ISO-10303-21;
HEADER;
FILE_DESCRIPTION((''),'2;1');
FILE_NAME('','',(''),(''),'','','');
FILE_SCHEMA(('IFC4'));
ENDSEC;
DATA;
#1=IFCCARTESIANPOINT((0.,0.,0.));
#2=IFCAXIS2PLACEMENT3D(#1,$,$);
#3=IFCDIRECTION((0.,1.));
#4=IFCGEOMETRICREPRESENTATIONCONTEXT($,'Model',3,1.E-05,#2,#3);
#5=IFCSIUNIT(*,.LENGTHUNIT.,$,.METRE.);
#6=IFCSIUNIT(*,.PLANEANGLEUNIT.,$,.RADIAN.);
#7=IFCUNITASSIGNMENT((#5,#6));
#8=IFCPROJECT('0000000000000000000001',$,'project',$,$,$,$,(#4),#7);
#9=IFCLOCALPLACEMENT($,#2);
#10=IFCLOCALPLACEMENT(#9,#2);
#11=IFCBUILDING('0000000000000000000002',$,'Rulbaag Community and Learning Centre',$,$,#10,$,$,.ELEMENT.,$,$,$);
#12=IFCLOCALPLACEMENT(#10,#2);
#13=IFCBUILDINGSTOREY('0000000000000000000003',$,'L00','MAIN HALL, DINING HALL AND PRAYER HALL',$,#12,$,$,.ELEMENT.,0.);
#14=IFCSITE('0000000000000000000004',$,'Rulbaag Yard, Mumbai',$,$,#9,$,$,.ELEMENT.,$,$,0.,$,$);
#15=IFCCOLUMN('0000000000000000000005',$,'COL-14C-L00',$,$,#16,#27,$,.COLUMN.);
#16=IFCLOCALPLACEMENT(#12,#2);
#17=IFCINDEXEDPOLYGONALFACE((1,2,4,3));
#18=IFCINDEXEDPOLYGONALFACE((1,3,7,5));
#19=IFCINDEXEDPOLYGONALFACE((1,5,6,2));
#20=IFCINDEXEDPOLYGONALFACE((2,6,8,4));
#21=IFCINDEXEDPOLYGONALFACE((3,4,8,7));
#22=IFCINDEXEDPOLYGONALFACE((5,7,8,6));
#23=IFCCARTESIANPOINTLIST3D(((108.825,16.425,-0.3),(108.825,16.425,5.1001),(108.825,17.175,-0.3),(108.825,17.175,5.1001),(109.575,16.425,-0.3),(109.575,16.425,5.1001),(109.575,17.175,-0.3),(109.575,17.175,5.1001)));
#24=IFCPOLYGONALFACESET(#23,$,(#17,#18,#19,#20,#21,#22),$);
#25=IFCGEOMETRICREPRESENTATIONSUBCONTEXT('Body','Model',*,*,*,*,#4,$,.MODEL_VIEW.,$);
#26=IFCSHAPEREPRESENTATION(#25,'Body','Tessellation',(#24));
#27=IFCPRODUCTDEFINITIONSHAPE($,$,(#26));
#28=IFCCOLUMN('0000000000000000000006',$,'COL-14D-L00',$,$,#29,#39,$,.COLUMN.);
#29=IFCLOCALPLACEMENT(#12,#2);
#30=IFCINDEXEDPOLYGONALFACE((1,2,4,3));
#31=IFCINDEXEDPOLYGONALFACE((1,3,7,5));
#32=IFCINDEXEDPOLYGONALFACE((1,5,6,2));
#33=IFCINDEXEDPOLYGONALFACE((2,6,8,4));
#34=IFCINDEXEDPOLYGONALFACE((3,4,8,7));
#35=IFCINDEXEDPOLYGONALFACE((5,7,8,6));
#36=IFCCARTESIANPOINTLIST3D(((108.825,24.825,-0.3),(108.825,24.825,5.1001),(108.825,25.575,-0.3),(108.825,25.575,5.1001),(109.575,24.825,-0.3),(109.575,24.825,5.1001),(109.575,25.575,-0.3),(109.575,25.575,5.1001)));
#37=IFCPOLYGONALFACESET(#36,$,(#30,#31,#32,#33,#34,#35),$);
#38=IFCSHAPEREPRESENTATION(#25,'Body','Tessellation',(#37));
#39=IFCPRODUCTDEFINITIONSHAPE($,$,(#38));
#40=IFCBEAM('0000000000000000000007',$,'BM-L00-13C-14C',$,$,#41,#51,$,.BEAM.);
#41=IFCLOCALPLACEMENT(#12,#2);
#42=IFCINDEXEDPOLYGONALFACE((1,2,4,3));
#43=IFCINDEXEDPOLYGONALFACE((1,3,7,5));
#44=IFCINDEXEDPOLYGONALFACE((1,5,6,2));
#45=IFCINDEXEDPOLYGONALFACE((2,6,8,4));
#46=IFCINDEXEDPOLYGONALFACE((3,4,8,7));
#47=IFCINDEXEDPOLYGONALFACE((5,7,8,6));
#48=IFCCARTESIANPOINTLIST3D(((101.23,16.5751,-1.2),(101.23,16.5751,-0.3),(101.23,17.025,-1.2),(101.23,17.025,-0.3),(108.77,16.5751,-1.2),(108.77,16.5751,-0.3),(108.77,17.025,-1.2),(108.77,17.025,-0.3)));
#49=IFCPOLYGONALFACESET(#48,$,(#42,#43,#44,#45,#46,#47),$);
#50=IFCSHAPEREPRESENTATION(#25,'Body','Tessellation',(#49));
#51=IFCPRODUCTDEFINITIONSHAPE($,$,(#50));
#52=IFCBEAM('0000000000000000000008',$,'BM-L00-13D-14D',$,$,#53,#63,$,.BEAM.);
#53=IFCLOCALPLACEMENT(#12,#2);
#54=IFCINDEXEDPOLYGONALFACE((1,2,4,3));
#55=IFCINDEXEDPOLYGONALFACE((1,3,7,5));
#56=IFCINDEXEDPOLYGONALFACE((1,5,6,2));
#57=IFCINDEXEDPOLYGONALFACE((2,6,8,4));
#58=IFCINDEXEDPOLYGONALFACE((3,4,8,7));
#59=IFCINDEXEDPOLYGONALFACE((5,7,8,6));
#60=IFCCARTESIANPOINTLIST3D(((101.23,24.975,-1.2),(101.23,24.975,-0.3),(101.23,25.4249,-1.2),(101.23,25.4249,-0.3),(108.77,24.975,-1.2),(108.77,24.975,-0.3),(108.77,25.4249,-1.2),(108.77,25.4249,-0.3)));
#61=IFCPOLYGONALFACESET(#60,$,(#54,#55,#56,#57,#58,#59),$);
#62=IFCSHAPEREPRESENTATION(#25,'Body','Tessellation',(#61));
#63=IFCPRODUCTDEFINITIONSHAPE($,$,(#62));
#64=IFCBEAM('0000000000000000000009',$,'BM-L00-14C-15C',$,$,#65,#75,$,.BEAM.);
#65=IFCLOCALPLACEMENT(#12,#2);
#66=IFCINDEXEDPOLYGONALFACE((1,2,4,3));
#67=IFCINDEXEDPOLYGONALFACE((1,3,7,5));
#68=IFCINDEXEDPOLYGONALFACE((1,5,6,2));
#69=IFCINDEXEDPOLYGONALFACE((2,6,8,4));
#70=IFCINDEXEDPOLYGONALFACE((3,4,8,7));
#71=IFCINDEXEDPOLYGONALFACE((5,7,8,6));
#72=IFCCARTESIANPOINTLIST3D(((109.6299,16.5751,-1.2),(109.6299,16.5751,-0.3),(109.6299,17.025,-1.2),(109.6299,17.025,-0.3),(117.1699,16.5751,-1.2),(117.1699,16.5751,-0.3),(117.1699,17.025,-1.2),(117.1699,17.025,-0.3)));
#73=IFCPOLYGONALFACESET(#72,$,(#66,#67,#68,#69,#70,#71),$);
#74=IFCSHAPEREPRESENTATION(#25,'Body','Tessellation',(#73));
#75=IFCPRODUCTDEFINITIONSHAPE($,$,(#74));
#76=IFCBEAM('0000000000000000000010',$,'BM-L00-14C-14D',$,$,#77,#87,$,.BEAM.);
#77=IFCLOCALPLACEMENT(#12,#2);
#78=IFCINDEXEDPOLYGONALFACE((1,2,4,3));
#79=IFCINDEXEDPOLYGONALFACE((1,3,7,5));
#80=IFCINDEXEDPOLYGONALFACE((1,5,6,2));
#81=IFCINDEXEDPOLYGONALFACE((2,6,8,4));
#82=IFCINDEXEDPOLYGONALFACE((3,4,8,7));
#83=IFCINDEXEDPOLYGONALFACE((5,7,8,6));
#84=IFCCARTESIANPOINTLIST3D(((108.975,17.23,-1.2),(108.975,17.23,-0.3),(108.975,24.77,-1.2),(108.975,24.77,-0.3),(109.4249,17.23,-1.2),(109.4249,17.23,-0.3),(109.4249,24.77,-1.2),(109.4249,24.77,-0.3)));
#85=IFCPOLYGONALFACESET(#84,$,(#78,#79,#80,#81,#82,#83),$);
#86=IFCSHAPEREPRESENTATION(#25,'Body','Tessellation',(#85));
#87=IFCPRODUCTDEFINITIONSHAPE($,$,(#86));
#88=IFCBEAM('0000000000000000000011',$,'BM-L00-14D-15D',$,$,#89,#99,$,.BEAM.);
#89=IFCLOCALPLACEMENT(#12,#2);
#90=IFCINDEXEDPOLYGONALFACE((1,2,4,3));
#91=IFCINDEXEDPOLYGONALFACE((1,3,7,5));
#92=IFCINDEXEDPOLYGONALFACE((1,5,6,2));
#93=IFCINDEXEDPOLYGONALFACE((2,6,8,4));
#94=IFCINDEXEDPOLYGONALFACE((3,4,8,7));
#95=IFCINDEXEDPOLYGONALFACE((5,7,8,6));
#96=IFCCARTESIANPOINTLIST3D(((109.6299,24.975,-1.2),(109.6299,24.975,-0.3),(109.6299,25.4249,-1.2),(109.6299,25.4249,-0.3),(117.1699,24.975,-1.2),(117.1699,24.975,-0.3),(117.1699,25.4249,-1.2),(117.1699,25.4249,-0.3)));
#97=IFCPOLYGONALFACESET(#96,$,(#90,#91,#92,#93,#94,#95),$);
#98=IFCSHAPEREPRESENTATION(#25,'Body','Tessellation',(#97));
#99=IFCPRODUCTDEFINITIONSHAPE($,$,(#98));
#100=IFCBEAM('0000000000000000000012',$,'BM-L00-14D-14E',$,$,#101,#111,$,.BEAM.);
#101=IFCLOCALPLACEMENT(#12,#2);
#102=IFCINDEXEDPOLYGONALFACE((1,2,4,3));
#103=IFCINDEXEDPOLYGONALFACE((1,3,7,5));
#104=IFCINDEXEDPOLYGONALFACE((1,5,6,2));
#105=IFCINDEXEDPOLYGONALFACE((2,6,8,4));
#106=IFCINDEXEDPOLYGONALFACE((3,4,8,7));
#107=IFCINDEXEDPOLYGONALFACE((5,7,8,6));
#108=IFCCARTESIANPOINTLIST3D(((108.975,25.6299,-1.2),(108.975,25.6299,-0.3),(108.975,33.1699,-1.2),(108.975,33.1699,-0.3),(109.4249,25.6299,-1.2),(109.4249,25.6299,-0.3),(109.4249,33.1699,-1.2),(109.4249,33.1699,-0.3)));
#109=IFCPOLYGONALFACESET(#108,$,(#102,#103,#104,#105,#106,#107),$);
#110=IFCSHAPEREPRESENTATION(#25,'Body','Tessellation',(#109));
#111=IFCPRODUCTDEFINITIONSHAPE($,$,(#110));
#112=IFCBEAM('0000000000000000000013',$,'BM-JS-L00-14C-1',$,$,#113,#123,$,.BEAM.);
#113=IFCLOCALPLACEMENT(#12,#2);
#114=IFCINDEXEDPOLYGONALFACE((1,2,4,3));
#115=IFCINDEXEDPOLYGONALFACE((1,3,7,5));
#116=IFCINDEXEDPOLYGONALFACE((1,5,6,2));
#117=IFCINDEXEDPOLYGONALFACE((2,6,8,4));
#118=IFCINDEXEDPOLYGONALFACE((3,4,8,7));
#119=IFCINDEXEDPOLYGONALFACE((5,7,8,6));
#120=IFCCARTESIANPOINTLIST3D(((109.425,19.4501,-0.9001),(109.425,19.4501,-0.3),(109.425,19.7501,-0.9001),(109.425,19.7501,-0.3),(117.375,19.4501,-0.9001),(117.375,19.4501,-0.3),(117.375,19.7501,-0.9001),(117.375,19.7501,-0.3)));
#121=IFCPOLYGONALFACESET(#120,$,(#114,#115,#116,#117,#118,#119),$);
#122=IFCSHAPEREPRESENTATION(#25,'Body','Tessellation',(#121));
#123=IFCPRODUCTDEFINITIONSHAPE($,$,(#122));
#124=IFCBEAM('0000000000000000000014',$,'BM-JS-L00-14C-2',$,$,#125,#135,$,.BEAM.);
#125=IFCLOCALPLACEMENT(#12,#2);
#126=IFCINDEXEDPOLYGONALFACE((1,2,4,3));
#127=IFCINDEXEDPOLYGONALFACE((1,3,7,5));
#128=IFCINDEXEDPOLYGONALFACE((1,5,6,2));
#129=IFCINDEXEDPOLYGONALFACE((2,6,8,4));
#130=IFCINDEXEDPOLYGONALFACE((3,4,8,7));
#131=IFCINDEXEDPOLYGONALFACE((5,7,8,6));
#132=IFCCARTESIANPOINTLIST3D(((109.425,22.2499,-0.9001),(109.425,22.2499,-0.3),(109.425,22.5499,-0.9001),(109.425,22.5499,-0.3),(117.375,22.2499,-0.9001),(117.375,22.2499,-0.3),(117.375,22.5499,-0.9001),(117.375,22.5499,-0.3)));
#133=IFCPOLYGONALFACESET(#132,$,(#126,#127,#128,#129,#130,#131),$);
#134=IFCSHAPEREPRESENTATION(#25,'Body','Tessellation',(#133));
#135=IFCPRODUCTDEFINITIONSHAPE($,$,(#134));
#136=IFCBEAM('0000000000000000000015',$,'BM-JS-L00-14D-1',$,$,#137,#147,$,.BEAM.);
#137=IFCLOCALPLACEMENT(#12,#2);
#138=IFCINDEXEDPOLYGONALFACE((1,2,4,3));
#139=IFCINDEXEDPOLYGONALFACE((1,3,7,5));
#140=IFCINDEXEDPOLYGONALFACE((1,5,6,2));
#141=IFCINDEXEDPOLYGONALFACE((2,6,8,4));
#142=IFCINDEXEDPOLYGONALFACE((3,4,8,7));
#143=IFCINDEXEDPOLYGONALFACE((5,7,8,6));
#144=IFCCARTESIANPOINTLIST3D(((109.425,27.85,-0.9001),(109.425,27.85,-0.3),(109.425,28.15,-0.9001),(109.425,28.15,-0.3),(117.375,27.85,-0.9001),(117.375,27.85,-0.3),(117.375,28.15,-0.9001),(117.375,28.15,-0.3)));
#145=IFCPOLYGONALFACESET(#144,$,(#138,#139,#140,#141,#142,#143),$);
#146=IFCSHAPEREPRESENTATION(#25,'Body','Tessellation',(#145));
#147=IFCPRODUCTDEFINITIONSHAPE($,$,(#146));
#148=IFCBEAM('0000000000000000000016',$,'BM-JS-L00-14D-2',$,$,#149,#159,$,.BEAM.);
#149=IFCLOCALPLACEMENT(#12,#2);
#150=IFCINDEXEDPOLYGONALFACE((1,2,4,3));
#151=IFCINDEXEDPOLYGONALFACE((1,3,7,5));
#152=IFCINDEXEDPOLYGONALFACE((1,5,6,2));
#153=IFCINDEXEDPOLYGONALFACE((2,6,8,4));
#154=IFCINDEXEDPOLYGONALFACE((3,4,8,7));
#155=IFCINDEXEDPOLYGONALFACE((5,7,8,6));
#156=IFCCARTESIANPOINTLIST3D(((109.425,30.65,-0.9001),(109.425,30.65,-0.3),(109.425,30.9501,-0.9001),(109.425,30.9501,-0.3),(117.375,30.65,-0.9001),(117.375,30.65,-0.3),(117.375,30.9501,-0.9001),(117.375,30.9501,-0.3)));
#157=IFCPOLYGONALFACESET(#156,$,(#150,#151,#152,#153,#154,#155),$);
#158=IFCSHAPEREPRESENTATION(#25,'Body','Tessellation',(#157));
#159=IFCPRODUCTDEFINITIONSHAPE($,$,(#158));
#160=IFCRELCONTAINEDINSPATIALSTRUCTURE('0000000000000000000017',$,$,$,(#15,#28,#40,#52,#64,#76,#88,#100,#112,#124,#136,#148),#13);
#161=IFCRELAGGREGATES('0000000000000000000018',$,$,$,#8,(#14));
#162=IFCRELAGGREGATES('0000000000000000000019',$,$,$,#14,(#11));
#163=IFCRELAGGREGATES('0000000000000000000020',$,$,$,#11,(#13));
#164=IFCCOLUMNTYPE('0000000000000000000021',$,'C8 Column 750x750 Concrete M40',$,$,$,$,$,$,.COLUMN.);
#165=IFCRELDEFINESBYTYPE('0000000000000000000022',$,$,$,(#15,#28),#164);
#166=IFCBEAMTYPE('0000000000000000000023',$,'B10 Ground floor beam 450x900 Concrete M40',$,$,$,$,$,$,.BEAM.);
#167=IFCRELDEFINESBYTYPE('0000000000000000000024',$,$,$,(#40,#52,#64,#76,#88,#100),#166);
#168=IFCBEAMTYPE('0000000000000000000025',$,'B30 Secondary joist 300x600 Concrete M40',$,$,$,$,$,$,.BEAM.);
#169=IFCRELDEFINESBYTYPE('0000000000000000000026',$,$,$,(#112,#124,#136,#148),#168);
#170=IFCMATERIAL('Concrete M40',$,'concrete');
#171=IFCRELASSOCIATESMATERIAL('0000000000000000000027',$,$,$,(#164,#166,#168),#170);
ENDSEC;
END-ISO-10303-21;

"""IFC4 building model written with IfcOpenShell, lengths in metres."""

from ifc_helpers import new_model, si_unit, direction, frame, origin, origin_2d, place, context, subcontext, project, spatial, rectangle, extrude, material, material_profile, profile_set, type_object, element, save


model = new_model("IFC4")

# Units and contexts
model_context = context("Model", 3, precision=1e-05, world=origin(), true_north=direction((0.0, 1.0)))
body_context = subcontext(model_context, "Body", "Model", "MODEL_VIEW")
ifc_project = project(units=[si_unit("LENGTHUNIT", "METRE"), si_unit("PLANEANGLEUNIT", "RADIAN")], contexts=[model_context])

# Site, building, storey
site_placement = place(None, origin())
site = spatial("IfcSite", under=ifc_project, at=site_placement, Name="Rulbaag Yard, Mumbai", CompositionType="ELEMENT", RefElevation=0.0)
building_placement = place(site_placement, origin())
building = spatial("IfcBuilding", under=site, at=building_placement, Name="Rulbaag Community and Learning Centre", CompositionType="ELEMENT")
storey_placement = place(building_placement, origin())
storey = spatial("IfcBuildingStorey", under=building, at=storey_placement, Name="L00", Description="MAIN HALL, DINING HALL AND PRAYER HALL", CompositionType="ELEMENT", Elevation=0.0)

# Columns
ifc_material_1 = material(Name="Concrete M40", Category="concrete")
ifc_material_profile_1 = material_profile(ifc_material_1, rectangle(XDim=0.75, YDim=0.75, at=origin_2d()), Name="RC750x750")
ifc_profile_set_1 = profile_set([ifc_material_profile_1], Name="Concrete M40")
column_type = type_object("IfcColumnType", Name="C8 Column 750x750 Concrete M40", PredefinedType="COLUMN", material=ifc_profile_set_1)
for number, where, z_axis, x_axis, name in (
    (1, (109.2, 16.8, -0.3), (0.0, 0.0, 1.0), (1.0, 0.0, 0.0), "COL-14C-L00"),
    (2, (109.2, 25.2, -0.3), (0.0, 0.0, 1.0), (1.0, 0.0, 0.0), "COL-14D-L00"),
):
    element("IfcColumn", number, at=place(storey_placement, frame(where, z_axis=z_axis, x_axis=x_axis)), inside=storey, type_object=column_type, Name=name, PredefinedType="COLUMN", context=body_context, shape_type="SweptSolid", body=[
        extrude(rectangle(XDim=0.75, YDim=0.75, at=origin_2d()), origin(), (0.0, 0.0, 1.0), 5.4001),
    ])

# Beams
ifc_material_profile_2 = material_profile(ifc_material_1, rectangle(XDim=0.45, YDim=0.8999, at=origin_2d()), Name="RB450x900")
ifc_profile_set_2 = profile_set([ifc_material_profile_2], Name="Concrete M40")
beam_type_1 = type_object("IfcBeamType", Name="B10 Ground floor beam 450x900 Concrete M40", PredefinedType="BEAM", material=ifc_profile_set_2)
for number, where, z_axis, x_axis, name in (
    (3, (101.23, 16.8, -0.75), (1.0, 0.0, 0.0), (0.0, 1.0, 0.0), "BM-L00-13C-14C"),
    (4, (101.23, 25.2, -0.75), (1.0, 0.0, 0.0), (0.0, 1.0, 0.0), "BM-L00-13D-14D"),
    (5, (109.6299, 16.8, -0.75), (1.0, 0.0, 0.0), (0.0, 1.0, 0.0), "BM-L00-14C-15C"),
    (6, (109.2, 17.23, -0.75), (0.0, 1.0, 0.0), (-1.0, 0.0, 0.0), "BM-L00-14C-14D"),
    (7, (109.6299, 25.2, -0.75), (1.0, 0.0, 0.0), (0.0, 1.0, 0.0), "BM-L00-14D-15D"),
    (8, (109.2, 25.6299, -0.75), (0.0, 1.0, 0.0), (-1.0, 0.0, 0.0), "BM-L00-14D-14E"),
):
    element("IfcBeam", number, at=place(storey_placement, frame(where, z_axis=z_axis, x_axis=x_axis)), inside=storey, type_object=beam_type_1, Name=name, PredefinedType="BEAM", context=body_context, shape_type="SweptSolid", body=[
        extrude(rectangle(XDim=0.45, YDim=0.8999, at=origin_2d()), origin(), (0.0, 0.0, 1.0), 7.54),
    ])
ifc_material_profile_3 = material_profile(ifc_material_1, rectangle(XDim=0.3, YDim=0.6001, at=origin_2d()), Name="RB300x600")
ifc_profile_set_3 = profile_set([ifc_material_profile_3], Name="Concrete M40")
beam_type_2 = type_object("IfcBeamType", Name="B30 Secondary joist 300x600 Concrete M40", PredefinedType="BEAM", material=ifc_profile_set_3)
for number, where, z_axis, x_axis, name in (
    (9, (109.425, 19.6001, -0.6001), (1.0, 0.0, 0.0), (0.0, 1.0, 0.0), "BM-JS-L00-14C-1"),
    (10, (109.425, 22.3999, -0.6001), (1.0, 0.0, 0.0), (0.0, 1.0, 0.0), "BM-JS-L00-14C-2"),
    (11, (109.425, 28.0, -0.6001), (1.0, 0.0, 0.0), (0.0, 1.0, 0.0), "BM-JS-L00-14D-1"),
    (12, (109.425, 30.8, -0.6001), (1.0, 0.0, 0.0), (0.0, 1.0, 0.0), "BM-JS-L00-14D-2"),
):
    element("IfcBeam", number, at=place(storey_placement, frame(where, z_axis=z_axis, x_axis=x_axis)), inside=storey, type_object=beam_type_2, Name=name, PredefinedType="BEAM", context=body_context, shape_type="SweptSolid", body=[
        extrude(rectangle(XDim=0.3, YDim=0.6001, at=origin_2d()), origin(), (0.0, 0.0, 1.0), 7.95),
    ])

save(model, "model.ifc")
